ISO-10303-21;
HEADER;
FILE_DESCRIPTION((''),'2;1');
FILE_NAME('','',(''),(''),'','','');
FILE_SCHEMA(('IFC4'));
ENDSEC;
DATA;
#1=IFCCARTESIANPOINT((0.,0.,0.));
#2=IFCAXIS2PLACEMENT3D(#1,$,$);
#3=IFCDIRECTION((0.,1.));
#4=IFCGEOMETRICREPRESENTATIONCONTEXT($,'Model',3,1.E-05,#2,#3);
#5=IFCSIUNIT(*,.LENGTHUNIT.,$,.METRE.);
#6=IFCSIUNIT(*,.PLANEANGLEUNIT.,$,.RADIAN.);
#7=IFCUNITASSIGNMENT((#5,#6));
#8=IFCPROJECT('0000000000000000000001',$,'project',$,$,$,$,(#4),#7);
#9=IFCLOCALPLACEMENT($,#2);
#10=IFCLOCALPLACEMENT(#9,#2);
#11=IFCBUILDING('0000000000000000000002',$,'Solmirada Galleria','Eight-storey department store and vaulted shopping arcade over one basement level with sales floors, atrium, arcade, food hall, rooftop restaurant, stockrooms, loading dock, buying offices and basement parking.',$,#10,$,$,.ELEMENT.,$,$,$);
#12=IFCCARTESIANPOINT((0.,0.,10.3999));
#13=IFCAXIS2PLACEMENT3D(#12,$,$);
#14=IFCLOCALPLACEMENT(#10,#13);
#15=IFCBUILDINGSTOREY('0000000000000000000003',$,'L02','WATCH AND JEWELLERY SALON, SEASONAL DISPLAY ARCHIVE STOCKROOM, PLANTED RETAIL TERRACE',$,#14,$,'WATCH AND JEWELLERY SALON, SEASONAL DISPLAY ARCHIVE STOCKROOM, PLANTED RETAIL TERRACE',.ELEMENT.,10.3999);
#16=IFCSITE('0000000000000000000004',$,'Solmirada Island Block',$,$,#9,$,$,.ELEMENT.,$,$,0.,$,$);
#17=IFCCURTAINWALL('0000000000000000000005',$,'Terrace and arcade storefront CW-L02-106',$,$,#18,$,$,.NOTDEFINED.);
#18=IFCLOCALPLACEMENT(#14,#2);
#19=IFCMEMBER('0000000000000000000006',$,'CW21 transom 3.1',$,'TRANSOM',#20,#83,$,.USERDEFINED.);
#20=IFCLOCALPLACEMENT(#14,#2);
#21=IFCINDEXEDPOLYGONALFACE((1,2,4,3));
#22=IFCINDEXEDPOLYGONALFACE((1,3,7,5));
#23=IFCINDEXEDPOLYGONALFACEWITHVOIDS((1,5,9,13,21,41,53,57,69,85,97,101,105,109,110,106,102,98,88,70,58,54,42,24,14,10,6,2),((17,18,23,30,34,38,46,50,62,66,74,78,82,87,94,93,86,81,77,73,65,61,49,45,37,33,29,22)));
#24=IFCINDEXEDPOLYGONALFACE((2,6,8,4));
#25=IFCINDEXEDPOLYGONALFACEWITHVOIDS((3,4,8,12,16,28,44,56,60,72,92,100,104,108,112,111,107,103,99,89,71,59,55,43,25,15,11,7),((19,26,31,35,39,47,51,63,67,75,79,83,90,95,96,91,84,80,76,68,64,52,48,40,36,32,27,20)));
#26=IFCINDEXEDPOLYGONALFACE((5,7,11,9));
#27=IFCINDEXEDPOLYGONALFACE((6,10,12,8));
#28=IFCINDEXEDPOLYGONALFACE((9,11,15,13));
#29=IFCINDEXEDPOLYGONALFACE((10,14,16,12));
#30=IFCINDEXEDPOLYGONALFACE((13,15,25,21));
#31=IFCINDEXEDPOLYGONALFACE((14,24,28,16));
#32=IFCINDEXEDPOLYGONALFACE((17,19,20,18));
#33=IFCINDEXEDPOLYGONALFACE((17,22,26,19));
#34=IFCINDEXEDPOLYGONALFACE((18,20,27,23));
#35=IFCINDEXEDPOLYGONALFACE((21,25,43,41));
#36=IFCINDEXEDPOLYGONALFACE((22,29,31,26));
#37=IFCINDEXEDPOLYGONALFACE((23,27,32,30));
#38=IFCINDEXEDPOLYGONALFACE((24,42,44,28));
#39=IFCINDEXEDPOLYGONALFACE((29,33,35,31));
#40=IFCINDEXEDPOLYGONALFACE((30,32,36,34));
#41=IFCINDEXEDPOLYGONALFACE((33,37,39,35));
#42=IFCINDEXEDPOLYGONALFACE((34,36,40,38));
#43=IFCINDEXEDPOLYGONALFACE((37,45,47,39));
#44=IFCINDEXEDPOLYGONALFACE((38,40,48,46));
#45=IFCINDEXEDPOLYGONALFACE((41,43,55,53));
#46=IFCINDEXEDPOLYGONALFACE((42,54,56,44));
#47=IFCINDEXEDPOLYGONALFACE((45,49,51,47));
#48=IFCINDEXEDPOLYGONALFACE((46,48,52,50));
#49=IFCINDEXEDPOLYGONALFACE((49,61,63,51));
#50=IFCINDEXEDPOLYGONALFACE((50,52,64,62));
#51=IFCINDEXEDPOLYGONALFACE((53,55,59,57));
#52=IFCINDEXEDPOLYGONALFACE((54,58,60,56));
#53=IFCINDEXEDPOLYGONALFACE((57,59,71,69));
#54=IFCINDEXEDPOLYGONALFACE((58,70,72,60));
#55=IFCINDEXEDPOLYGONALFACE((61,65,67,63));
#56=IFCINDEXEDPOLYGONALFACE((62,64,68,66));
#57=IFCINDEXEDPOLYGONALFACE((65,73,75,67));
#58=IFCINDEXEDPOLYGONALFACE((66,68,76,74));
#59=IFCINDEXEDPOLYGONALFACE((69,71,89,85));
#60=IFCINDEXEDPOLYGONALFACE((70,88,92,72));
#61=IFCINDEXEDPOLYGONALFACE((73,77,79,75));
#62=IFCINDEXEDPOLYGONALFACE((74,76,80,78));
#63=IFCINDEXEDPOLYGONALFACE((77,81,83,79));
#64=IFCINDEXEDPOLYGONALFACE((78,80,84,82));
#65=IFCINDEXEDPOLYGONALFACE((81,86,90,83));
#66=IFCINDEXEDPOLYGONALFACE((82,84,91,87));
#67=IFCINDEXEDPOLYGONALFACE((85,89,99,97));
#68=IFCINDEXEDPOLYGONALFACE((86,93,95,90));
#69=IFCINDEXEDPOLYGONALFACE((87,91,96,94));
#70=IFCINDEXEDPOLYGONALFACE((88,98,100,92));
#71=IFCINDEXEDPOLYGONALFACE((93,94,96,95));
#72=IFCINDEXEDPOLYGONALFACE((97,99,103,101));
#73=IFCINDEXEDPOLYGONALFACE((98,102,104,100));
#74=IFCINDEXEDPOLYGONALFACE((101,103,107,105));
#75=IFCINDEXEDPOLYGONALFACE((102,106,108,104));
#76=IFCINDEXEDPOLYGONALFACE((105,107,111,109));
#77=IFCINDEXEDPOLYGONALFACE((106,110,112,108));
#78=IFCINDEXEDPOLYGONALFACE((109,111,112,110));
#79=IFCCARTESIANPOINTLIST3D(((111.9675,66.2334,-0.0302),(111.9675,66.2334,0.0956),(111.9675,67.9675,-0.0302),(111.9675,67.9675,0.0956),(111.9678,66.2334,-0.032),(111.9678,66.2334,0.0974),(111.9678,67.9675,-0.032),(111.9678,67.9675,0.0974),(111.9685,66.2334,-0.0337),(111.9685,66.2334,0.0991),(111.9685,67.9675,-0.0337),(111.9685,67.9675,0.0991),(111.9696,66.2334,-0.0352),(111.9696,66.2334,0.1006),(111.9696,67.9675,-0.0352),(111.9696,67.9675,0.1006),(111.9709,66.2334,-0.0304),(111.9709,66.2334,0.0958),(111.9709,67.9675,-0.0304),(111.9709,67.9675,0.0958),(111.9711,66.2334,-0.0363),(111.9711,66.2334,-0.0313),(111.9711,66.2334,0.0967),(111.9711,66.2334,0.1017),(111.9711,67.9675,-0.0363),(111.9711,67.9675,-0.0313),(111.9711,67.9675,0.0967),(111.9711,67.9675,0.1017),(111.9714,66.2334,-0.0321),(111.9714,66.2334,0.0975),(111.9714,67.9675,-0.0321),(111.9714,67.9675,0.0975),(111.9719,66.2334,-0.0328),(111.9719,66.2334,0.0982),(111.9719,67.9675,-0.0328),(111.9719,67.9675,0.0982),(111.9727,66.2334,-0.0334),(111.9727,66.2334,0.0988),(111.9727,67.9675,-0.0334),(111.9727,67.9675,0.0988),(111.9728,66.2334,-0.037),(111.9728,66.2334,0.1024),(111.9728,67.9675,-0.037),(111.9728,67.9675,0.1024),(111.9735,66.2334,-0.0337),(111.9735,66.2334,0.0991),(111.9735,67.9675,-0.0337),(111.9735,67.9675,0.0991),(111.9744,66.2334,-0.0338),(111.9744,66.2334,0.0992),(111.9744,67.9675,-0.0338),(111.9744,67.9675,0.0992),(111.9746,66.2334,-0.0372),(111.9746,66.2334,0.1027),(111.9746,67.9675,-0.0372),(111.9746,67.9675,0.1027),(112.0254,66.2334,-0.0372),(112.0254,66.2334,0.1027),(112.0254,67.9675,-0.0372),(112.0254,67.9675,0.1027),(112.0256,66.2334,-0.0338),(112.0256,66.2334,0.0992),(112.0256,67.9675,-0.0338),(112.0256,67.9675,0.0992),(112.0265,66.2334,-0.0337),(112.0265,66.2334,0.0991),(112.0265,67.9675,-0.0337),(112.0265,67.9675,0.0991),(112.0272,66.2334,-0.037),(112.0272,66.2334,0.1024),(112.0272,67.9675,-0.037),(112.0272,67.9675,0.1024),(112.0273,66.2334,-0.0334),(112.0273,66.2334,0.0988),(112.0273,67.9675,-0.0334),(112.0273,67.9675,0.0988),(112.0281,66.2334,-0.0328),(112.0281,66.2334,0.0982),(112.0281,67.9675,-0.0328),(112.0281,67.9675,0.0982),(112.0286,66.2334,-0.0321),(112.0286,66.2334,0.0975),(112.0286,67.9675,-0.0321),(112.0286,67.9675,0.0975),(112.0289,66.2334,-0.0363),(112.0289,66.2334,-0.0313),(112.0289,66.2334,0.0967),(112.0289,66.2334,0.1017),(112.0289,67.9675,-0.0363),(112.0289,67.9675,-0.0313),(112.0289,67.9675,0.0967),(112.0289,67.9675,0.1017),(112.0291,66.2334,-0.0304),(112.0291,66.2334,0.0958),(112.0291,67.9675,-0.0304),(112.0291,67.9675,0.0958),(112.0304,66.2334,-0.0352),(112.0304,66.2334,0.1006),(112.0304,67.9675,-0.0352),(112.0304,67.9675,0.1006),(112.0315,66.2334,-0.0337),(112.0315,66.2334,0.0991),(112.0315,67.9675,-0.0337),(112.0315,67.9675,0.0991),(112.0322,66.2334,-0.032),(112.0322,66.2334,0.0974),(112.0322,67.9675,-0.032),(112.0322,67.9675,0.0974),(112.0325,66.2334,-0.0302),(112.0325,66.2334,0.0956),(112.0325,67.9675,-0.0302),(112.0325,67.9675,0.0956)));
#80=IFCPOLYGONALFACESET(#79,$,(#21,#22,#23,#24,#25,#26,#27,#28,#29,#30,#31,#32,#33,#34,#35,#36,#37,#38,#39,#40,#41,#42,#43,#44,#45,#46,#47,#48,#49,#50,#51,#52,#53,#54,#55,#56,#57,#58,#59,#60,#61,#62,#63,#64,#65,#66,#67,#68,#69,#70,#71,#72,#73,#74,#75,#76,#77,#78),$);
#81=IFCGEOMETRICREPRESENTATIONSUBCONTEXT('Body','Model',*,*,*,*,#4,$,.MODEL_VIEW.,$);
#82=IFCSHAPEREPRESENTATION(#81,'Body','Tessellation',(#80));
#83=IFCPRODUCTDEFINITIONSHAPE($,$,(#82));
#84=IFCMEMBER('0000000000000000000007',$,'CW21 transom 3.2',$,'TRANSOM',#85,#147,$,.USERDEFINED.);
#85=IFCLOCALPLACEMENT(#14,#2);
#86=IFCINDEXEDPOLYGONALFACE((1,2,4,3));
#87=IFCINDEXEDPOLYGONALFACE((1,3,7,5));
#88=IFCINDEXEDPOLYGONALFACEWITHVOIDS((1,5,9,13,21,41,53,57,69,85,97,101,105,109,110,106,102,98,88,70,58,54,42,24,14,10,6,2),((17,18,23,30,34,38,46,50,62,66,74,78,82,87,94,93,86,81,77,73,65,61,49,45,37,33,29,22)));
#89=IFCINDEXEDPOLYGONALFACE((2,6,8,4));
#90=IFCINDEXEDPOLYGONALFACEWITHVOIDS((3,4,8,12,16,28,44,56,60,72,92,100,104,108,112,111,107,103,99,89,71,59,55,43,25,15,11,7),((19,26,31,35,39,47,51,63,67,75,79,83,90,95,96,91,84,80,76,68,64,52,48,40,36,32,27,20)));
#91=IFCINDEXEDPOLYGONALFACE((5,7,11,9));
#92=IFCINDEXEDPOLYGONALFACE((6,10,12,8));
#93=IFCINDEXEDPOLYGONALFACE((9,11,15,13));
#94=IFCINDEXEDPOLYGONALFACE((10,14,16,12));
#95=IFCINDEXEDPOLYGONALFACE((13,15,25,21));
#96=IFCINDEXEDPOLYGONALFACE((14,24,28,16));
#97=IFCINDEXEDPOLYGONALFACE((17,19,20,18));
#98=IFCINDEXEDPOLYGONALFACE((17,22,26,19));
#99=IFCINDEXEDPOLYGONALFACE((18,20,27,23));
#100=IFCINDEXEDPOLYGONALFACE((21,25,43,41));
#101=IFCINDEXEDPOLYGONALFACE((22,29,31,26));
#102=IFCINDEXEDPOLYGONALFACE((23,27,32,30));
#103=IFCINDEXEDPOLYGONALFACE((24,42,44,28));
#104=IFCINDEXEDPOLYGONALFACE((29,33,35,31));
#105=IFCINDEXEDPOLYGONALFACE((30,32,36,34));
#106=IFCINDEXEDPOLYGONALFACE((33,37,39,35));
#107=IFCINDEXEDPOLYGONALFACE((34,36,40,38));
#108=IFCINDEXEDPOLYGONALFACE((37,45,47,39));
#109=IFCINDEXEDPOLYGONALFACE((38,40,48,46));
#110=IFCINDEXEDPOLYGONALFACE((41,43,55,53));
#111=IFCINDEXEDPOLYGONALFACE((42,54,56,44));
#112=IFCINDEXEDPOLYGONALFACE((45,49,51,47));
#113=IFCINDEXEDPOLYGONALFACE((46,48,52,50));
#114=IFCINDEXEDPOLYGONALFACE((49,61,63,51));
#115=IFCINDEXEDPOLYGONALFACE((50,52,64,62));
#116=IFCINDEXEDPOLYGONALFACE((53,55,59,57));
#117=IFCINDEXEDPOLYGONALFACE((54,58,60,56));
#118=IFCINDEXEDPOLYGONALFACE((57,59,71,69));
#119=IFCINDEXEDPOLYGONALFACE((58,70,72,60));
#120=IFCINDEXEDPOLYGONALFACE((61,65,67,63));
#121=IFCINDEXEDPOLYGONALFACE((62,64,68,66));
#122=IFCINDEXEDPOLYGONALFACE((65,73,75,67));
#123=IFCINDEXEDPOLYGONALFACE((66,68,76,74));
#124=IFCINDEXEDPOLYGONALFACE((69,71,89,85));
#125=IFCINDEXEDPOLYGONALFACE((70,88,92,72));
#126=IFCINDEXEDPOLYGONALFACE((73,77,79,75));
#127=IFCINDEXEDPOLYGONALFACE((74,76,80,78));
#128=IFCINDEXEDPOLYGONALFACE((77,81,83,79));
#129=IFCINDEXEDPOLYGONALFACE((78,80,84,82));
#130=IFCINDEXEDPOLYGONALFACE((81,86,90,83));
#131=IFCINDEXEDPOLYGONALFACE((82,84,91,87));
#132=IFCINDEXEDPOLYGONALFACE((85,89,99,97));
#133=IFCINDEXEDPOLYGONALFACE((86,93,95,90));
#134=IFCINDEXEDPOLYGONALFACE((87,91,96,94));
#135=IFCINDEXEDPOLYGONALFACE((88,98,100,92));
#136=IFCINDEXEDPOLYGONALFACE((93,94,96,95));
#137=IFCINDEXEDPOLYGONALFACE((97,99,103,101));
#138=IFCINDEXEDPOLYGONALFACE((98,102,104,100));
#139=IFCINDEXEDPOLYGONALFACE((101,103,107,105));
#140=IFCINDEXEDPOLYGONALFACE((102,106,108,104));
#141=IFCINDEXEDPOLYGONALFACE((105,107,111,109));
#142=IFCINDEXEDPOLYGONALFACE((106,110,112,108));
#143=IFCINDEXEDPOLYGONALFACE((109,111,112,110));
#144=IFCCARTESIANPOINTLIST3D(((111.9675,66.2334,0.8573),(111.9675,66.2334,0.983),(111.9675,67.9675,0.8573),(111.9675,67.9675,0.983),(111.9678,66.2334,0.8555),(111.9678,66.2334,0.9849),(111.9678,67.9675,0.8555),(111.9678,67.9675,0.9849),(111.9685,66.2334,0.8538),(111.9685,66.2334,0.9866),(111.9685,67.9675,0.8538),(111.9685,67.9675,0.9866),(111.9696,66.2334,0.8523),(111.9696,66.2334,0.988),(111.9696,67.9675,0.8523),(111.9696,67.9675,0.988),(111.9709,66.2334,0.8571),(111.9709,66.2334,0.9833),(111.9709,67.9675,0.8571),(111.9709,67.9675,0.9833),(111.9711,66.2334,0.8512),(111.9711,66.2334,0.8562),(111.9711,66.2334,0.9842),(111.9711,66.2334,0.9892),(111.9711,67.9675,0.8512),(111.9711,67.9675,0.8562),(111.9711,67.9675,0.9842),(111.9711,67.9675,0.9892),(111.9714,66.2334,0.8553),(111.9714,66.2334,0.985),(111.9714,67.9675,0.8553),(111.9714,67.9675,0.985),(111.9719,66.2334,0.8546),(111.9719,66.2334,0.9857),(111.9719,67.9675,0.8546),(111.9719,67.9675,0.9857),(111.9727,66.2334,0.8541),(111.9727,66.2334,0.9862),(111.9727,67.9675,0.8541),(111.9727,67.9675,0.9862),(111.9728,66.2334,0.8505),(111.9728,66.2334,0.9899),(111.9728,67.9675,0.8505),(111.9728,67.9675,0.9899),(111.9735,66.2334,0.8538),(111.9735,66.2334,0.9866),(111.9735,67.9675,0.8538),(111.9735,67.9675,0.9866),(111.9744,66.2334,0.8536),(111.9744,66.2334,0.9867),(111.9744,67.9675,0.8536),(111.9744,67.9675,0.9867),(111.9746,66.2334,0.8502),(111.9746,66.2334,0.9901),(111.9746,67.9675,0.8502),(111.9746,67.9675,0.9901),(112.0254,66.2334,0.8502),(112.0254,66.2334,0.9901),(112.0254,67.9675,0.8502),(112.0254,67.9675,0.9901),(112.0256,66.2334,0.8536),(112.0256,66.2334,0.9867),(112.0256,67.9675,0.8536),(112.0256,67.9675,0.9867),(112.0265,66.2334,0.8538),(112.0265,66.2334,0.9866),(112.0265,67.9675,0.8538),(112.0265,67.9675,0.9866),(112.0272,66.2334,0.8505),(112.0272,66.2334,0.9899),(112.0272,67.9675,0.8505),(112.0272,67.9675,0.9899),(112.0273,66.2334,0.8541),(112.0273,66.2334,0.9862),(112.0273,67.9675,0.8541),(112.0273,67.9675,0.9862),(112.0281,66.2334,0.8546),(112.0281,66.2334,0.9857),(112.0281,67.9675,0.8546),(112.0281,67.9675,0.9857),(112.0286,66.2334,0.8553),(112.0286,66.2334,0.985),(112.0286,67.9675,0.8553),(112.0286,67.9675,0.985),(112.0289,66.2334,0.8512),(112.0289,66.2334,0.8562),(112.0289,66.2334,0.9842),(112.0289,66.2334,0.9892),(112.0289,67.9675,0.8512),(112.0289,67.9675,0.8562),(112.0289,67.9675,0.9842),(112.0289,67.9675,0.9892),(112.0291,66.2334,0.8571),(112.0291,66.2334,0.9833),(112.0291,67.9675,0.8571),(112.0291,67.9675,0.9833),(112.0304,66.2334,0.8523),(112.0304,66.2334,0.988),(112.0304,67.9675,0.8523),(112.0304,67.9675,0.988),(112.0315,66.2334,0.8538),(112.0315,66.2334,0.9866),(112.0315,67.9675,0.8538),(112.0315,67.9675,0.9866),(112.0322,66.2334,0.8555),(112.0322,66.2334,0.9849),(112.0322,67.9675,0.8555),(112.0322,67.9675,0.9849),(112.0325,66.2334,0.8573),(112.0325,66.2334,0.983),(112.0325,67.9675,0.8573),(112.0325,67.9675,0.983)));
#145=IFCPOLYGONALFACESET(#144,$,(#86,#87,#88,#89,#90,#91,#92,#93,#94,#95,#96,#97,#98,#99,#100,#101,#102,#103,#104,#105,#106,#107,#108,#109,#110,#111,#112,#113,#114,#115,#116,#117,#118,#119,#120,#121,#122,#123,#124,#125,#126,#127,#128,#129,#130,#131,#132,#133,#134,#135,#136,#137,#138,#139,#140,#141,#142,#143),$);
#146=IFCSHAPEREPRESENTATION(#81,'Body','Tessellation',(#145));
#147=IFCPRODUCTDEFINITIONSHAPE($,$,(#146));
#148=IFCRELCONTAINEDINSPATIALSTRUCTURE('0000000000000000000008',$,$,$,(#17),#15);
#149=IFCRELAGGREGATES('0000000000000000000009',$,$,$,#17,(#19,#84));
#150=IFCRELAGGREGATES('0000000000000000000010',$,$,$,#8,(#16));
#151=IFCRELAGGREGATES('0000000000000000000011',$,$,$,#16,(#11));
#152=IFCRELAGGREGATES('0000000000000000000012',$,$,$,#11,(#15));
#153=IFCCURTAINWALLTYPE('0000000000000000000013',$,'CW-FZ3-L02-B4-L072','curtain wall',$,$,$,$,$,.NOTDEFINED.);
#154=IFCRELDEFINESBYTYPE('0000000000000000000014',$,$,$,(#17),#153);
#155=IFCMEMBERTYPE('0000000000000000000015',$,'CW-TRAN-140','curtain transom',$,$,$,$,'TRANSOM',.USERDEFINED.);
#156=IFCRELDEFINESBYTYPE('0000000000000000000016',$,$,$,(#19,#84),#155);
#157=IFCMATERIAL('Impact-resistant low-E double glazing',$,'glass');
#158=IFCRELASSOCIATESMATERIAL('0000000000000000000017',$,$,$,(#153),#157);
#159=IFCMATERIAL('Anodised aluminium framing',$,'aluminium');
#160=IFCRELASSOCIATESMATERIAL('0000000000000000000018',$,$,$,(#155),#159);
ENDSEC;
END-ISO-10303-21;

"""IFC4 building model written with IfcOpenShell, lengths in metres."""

from ifc_helpers import new_model, si_unit, direction, frame, origin, origin_2d, place, context, subcontext, project, spatial, hollow_rectangle, extrude, material, material_profile, profile_set, type_object, element, aggregate, save


model = new_model("IFC4")

# Units and contexts
model_context = context("Model", 3, precision=1e-05, world=origin(), true_north=direction((0.0, 1.0)))
body_context = subcontext(model_context, "Body", "Model", "MODEL_VIEW")
ifc_project = project(units=[si_unit("LENGTHUNIT", "METRE"), si_unit("PLANEANGLEUNIT", "RADIAN")], contexts=[model_context])

# Site, building, storey
site_placement = place(None, origin())
site = spatial("IfcSite", under=ifc_project, at=site_placement, Name="Solmirada Island Block", CompositionType="ELEMENT", RefElevation=0.0)
building_placement = place(site_placement, origin())
building = spatial("IfcBuilding", under=site, at=building_placement, Name="Solmirada Galleria", Description="Eight-storey department store and vaulted shopping arcade over one basement level with sales floors, atrium, arcade, food hall, rooftop restaurant, stockrooms, loading dock, buying offices and basement parking.", CompositionType="ELEMENT")
storey_placement = place(building_placement, frame((0.0, 0.0, 10.3999)))
storey = spatial("IfcBuildingStorey", under=building, at=storey_placement, Name="L02", Description="WATCH AND JEWELLERY SALON, SEASONAL DISPLAY ARCHIVE STOCKROOM, PLANTED RETAIL TERRACE", LongName="WATCH AND JEWELLERY SALON, SEASONAL DISPLAY ARCHIVE STOCKROOM, PLANTED RETAIL TERRACE", CompositionType="ELEMENT", Elevation=10.3999)

# Curtain wall, members
ifc_material_1 = material(Name="Impact-resistant low-E double glazing", Category="glass")
curtain_wall_type = type_object("IfcCurtainWallType", Name="CW-FZ3-L02-B4-L072", Description="curtain wall", PredefinedType="NOTDEFINED", material=ifc_material_1)
curtain_wall_1_placement = place(storey_placement, origin())
curtain_wall_1 = element("IfcCurtainWall", 1, at=curtain_wall_1_placement, inside=storey, type_object=curtain_wall_type, Name="Terrace and arcade storefront CW-L02-106", PredefinedType="NOTDEFINED")
ifc_material_2 = material(Name="Anodised aluminium framing", Category="aluminium")
ifc_material_profile_1 = material_profile(ifc_material_2, hollow_rectangle(XDim=0.0649, YDim=0.1399, WallThickness=0.0034, InnerFilletRadius=0.0034, OuterFilletRadius=0.0071, at=origin_2d()), Name="ALU-TRAN-140X65")
ifc_profile_set_1 = profile_set([ifc_material_profile_1], Name="Anodised aluminium framing")
member_type_1 = type_object("IfcMemberType", Name="CW-TRAN-140", Description="curtain transom", ElementType="TRANSOM", PredefinedType="USERDEFINED", material=ifc_profile_set_1)
member_1_placement = place(storey_placement, frame((112.0, 67.9675, 0.0327), z_axis=(0.0, -1.0, 0.0), x_axis=(1.0, 0.0, 0.0)))
member_1 = element("IfcMember", 2, at=member_1_placement, type_object=member_type_1, Name="CW21 transom 3.1", ObjectType="TRANSOM", PredefinedType="USERDEFINED", context=body_context, shape_type="SweptSolid", body=[
    extrude(hollow_rectangle(XDim=0.0649, YDim=0.1399, WallThickness=0.0034, InnerFilletRadius=0.0034, OuterFilletRadius=0.0071, at=origin_2d()), origin(), (0.0, 0.0, 1.0), 1.7341),
])
member_2_placement = place(storey_placement, frame((112.0, 67.9675, 0.9202), z_axis=(0.0, -1.0, 0.0), x_axis=(1.0, 0.0, 0.0)))
member_2 = element("IfcMember", 3, at=member_2_placement, type_object=member_type_1, Name="CW21 transom 3.2", ObjectType="TRANSOM", PredefinedType="USERDEFINED", context=body_context, shape_type="SweptSolid", body=[
    extrude(hollow_rectangle(XDim=0.0649, YDim=0.1399, WallThickness=0.0034, InnerFilletRadius=0.0034, OuterFilletRadius=0.0071, at=origin_2d()), origin(), (0.0, 0.0, 1.0), 1.7341),
])

aggregate(curtain_wall_1, [member_1, member_2])

save(model, "model.ifc")
